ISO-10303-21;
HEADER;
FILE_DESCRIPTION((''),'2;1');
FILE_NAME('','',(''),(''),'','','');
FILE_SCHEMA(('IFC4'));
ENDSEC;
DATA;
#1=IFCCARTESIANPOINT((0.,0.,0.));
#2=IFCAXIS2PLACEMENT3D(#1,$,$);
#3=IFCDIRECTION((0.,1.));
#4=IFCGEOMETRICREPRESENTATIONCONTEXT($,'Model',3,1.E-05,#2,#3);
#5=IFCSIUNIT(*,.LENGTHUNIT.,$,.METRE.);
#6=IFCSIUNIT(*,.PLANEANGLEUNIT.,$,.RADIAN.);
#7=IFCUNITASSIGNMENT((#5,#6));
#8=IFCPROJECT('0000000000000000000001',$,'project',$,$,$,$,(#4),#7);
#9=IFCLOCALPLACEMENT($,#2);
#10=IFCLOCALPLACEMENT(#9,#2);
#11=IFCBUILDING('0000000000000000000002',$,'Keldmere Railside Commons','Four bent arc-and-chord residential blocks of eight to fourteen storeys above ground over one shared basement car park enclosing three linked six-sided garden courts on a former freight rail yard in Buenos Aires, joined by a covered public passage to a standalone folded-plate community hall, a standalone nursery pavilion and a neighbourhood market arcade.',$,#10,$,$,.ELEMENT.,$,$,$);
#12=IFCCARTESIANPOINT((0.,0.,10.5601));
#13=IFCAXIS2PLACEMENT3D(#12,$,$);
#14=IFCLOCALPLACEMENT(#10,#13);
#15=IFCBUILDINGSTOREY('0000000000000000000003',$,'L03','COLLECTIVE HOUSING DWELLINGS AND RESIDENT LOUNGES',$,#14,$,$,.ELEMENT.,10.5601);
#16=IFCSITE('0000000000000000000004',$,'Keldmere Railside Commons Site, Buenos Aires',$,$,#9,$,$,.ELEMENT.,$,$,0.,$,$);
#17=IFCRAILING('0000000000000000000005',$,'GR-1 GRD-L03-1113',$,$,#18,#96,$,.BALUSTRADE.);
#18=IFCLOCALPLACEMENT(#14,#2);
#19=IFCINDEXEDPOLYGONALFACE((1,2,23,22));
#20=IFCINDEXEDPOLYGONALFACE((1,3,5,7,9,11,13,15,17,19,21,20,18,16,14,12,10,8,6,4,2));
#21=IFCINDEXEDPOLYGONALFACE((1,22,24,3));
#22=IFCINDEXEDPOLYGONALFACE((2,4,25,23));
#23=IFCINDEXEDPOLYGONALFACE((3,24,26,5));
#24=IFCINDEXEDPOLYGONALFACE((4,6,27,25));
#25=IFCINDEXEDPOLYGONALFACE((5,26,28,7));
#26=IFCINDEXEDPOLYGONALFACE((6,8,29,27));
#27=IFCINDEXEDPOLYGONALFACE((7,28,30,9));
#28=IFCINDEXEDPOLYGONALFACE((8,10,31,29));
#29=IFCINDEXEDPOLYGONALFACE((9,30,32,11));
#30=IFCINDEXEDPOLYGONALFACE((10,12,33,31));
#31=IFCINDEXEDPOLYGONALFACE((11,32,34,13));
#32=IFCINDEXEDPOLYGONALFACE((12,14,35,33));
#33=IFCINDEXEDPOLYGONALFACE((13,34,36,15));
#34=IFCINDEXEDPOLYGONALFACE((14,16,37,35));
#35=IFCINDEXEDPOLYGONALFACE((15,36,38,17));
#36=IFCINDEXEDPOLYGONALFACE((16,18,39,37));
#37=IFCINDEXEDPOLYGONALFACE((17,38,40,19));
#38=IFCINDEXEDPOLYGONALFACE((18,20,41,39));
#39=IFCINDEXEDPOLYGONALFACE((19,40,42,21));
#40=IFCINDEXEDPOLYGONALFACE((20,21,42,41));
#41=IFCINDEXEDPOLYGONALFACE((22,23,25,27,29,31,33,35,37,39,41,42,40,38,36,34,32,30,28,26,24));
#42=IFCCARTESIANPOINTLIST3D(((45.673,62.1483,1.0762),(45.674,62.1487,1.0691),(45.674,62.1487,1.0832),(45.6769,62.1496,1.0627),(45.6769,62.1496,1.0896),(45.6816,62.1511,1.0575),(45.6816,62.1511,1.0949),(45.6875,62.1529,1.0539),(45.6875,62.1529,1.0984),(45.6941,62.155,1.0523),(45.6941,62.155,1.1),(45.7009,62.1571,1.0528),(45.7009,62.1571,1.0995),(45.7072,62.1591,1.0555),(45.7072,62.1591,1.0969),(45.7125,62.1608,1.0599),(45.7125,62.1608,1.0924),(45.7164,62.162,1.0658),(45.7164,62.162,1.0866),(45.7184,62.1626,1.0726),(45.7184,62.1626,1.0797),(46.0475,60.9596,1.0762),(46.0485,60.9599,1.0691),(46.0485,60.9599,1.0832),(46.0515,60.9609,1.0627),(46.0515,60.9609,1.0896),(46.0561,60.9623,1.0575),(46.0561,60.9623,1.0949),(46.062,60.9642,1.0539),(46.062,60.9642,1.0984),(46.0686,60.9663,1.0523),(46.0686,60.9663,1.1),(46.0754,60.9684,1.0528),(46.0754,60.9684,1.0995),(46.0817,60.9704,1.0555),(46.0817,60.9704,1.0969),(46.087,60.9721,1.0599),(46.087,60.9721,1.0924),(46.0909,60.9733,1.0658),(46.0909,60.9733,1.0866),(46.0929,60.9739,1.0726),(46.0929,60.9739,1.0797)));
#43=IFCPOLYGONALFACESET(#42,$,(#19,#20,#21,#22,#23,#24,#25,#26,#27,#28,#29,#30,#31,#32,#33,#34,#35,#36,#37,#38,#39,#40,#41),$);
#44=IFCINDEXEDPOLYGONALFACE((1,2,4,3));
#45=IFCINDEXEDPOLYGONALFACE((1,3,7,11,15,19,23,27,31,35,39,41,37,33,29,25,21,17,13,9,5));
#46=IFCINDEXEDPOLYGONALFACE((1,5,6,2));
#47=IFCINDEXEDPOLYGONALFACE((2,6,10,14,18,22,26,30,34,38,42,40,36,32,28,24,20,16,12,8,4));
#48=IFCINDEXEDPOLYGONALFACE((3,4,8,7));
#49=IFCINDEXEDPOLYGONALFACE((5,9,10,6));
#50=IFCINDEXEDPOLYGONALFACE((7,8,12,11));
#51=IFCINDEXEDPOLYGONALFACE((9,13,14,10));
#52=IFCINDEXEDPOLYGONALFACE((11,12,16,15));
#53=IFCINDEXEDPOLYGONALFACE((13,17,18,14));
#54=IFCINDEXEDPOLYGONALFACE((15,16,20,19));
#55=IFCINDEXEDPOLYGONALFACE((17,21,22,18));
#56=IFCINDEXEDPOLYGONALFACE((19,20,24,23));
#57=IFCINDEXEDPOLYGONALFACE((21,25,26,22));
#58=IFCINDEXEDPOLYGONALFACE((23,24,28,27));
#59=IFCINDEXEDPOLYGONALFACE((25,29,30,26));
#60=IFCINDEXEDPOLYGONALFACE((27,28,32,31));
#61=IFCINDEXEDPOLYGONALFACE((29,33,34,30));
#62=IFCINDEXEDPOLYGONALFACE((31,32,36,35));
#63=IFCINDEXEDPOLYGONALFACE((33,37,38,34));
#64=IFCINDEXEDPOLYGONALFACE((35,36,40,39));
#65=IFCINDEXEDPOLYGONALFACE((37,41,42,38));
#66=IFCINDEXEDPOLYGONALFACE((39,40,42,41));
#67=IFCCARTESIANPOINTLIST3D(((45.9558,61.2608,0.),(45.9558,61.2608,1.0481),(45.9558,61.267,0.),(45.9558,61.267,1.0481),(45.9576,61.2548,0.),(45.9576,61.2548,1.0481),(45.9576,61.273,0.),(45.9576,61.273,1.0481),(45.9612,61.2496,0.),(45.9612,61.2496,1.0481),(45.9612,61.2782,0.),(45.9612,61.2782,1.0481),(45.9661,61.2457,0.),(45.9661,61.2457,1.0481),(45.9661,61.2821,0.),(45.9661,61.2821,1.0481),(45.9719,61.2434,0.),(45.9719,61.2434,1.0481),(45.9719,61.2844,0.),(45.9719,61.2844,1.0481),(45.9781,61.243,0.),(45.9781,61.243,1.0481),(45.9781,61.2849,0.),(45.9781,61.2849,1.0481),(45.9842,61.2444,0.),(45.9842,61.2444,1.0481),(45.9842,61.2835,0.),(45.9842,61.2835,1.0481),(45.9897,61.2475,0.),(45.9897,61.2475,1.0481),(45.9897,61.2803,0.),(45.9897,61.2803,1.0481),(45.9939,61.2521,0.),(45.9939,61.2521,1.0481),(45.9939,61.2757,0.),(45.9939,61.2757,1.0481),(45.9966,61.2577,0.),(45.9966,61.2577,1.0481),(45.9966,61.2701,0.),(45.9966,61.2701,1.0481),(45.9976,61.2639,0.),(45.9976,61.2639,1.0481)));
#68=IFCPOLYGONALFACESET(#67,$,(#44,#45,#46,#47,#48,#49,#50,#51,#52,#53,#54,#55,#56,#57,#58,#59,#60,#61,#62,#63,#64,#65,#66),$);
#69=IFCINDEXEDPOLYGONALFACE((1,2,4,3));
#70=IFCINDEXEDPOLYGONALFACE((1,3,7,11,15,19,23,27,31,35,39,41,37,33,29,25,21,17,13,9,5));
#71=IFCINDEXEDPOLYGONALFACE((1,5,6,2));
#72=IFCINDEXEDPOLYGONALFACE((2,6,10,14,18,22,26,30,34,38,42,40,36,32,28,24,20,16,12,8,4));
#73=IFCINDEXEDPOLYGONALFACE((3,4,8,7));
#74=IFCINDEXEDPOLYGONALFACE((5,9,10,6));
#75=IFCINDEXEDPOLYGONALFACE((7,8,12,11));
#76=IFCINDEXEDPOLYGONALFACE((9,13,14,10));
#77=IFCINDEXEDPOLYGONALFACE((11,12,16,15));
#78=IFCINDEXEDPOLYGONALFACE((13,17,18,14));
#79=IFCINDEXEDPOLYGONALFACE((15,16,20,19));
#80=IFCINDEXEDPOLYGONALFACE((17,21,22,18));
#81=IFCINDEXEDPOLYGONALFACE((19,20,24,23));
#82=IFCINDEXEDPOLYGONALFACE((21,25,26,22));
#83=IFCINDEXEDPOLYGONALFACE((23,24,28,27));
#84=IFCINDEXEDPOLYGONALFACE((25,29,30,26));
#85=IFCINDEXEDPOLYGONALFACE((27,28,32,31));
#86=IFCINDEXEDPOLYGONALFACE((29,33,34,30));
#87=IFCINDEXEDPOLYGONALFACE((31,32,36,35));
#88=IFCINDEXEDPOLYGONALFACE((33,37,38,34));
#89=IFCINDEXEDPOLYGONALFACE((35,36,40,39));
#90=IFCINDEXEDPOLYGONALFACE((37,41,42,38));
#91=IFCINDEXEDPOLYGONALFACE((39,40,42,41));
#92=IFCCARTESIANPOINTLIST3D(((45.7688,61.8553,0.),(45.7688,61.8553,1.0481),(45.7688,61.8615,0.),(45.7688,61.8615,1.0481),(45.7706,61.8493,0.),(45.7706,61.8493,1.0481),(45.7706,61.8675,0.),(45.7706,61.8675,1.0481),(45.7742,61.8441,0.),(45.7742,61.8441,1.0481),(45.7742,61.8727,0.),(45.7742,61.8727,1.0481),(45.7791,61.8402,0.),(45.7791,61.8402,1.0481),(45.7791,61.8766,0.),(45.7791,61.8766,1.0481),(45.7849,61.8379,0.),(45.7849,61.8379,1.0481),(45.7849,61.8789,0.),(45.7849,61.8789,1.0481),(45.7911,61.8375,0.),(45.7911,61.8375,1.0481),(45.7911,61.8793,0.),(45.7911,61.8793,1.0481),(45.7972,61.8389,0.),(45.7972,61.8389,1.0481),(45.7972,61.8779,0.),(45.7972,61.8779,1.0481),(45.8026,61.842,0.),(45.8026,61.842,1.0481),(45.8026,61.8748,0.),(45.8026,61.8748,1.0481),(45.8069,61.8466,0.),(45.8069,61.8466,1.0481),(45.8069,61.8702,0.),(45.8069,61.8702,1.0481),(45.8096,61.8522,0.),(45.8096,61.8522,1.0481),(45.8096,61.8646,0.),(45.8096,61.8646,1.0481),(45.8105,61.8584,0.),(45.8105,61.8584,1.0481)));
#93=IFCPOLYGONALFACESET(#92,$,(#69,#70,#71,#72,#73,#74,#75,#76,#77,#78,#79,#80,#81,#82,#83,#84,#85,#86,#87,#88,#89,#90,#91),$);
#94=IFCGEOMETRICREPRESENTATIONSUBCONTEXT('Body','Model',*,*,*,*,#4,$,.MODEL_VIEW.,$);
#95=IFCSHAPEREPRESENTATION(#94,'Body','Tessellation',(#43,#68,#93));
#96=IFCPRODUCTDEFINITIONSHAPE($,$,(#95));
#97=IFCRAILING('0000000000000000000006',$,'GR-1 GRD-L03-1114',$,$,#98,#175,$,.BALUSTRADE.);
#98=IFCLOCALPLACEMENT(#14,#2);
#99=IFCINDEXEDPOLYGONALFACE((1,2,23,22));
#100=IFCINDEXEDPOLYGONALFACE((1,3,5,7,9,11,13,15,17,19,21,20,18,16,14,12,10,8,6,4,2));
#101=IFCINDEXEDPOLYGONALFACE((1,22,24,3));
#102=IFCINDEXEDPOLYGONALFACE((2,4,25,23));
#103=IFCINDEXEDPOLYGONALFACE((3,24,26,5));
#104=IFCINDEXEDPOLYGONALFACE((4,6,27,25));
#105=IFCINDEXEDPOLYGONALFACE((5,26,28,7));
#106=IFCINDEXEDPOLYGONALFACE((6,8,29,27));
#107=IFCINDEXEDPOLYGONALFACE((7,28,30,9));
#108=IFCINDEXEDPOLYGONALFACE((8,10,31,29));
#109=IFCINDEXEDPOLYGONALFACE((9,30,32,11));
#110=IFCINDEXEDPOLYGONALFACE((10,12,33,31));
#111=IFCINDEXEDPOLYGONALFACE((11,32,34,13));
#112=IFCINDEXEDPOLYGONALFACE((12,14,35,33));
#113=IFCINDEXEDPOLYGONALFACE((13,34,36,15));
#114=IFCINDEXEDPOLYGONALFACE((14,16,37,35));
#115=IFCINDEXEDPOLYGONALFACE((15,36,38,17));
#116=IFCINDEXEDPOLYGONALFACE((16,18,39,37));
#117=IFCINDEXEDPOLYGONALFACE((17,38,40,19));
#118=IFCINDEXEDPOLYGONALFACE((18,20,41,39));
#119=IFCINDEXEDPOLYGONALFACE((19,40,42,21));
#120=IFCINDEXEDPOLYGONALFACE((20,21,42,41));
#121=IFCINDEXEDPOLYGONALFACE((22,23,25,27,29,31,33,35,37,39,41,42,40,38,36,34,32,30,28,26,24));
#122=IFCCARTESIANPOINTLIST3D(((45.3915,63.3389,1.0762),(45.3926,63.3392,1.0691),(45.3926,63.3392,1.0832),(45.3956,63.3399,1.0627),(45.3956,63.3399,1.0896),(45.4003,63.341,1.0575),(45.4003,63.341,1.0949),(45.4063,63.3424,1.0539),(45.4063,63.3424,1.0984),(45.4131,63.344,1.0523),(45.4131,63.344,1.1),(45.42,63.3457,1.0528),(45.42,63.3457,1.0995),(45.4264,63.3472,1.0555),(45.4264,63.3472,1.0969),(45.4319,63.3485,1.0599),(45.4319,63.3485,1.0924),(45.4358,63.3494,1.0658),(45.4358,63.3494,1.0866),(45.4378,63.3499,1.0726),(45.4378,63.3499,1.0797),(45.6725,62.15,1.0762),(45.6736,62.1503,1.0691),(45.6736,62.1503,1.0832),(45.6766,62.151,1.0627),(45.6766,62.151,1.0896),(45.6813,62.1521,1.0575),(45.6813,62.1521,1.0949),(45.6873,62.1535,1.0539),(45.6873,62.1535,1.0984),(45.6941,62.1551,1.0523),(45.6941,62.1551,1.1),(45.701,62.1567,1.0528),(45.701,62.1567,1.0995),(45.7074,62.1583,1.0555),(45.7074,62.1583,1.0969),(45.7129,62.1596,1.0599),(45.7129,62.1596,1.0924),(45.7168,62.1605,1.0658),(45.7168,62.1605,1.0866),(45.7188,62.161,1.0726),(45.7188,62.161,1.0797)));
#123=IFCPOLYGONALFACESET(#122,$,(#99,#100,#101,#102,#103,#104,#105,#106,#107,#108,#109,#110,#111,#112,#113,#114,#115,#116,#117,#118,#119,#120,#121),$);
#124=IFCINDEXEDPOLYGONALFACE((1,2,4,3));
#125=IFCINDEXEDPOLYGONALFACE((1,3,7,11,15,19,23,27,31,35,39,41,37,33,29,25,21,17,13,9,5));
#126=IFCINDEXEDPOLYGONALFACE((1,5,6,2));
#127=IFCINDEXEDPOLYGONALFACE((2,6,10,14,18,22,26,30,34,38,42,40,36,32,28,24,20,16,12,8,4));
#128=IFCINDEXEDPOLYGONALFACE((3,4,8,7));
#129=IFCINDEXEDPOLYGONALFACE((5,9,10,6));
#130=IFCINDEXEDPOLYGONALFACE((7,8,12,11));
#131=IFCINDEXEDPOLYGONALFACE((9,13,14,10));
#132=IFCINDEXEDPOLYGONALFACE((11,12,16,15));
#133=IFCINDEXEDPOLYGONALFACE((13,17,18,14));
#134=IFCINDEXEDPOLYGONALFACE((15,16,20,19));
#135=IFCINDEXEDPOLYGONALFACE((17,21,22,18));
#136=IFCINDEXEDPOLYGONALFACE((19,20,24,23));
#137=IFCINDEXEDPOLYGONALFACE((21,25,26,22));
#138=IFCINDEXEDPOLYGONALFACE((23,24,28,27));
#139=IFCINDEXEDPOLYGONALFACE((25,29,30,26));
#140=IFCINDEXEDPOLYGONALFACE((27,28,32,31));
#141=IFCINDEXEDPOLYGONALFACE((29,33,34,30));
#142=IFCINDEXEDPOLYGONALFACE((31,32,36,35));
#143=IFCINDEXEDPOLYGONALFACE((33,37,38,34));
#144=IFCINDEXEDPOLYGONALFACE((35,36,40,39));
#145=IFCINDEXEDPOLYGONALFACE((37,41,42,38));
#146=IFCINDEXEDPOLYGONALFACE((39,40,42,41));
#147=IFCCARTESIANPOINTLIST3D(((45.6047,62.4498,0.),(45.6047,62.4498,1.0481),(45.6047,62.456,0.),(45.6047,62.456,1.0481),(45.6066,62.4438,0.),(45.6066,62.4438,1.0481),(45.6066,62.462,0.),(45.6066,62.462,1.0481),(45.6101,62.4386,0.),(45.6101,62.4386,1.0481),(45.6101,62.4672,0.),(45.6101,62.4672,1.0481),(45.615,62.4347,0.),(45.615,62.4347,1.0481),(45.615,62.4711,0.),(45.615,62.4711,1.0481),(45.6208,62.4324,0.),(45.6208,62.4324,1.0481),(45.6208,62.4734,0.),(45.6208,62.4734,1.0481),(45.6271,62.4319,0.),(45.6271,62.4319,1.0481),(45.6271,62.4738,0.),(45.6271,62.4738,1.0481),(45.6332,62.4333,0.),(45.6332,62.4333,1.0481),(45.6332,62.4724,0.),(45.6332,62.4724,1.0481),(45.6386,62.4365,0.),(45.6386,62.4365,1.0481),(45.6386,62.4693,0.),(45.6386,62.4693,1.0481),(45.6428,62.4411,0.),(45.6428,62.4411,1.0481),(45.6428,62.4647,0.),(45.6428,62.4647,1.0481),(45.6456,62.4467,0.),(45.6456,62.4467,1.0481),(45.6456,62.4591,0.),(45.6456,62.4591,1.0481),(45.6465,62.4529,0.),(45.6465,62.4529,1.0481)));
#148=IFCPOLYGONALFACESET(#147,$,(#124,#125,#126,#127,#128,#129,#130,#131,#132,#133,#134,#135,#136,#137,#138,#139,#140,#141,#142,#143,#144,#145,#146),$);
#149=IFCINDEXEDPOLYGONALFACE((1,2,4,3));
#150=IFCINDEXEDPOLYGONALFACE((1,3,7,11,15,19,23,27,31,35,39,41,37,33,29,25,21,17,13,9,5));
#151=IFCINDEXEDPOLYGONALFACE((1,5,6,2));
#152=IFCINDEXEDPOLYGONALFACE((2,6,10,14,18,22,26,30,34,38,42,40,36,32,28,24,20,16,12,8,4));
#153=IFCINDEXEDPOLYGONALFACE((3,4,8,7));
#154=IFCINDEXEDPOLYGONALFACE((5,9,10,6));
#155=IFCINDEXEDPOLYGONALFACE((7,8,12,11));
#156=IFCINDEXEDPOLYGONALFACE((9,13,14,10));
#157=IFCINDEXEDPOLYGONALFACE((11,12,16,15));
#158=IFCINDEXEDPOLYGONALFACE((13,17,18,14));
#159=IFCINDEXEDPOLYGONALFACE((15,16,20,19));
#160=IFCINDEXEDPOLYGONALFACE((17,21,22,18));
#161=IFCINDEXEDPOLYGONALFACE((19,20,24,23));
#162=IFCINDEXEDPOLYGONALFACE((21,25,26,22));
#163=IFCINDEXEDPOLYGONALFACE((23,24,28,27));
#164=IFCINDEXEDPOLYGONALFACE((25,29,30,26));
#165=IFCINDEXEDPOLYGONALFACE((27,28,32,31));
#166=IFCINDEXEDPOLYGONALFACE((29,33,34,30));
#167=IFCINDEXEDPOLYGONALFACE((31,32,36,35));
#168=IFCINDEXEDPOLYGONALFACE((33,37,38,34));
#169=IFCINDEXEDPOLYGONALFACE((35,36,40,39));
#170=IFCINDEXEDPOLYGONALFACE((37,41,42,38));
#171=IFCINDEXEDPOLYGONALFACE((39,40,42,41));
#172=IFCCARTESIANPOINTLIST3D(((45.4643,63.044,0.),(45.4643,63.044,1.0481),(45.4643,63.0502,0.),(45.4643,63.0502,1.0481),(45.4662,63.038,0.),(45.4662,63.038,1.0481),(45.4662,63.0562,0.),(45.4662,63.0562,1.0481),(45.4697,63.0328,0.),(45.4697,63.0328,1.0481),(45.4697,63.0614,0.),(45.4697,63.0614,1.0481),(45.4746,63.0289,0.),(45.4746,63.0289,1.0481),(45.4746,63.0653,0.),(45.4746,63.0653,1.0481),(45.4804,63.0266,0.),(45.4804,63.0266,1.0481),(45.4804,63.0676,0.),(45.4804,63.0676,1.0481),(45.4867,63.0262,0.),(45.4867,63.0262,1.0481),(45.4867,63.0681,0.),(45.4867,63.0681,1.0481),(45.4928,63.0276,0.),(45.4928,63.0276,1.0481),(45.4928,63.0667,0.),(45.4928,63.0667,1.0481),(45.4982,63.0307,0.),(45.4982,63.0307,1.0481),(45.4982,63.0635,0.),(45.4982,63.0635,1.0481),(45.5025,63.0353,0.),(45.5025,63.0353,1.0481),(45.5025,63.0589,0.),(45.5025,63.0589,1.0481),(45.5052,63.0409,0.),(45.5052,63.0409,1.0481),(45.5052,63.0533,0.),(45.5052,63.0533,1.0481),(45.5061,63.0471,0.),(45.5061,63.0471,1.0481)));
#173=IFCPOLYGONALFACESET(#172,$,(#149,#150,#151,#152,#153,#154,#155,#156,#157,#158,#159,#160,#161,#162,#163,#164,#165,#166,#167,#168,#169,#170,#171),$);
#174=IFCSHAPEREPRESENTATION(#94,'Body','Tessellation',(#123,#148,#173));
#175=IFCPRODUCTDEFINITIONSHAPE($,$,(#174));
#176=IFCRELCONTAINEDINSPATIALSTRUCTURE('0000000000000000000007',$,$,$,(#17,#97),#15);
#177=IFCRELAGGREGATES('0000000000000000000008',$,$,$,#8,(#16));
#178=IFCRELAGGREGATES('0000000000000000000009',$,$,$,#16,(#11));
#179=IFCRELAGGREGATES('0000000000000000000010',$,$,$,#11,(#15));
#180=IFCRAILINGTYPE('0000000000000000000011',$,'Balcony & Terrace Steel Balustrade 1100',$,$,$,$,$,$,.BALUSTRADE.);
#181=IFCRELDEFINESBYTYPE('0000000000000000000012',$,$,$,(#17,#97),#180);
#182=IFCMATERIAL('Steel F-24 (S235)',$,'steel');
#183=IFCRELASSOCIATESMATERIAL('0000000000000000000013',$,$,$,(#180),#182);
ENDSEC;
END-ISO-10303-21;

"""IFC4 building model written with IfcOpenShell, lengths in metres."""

from ifc_helpers import new_model, si_unit, direction, frame, origin, origin_2d, place, context, subcontext, project, spatial, circle, extrude, material, type_object, element, save


model = new_model("IFC4")

# Units and contexts
model_context = context("Model", 3, precision=1e-05, world=origin(), true_north=direction((0.0, 1.0)))
body_context = subcontext(model_context, "Body", "Model", "MODEL_VIEW")
ifc_project = project(units=[si_unit("LENGTHUNIT", "METRE"), si_unit("PLANEANGLEUNIT", "RADIAN")], contexts=[model_context])

# Site, building, storey
site_placement = place(None, origin())
site = spatial("IfcSite", under=ifc_project, at=site_placement, Name="Keldmere Railside Commons Site, Buenos Aires", CompositionType="ELEMENT", RefElevation=0.0)
building_placement = place(site_placement, origin())
building = spatial("IfcBuilding", under=site, at=building_placement, Name="Keldmere Railside Commons", Description="Four bent arc-and-chord residential blocks of eight to fourteen storeys above ground over one shared basement car park enclosing three linked six-sided garden courts on a former freight rail yard in Buenos Aires, joined by a covered public passage to a standalone folded-plate community hall, a standalone nursery pavilion and a neighbourhood market arcade.", CompositionType="ELEMENT")
storey_placement = place(building_placement, frame((0.0, 0.0, 10.5601)))
storey = spatial("IfcBuildingStorey", under=building, at=storey_placement, Name="L03", Description="COLLECTIVE HOUSING DWELLINGS AND RESIDENT LOUNGES", CompositionType="ELEMENT", Elevation=10.5601)

# Railings
ifc_material_1 = material(Name="Steel F-24 (S235)", Category="steel")
railing_type_1 = type_object("IfcRailingType", Name="Balcony & Terrace Steel Balustrade 1100", PredefinedType="BALUSTRADE", material=ifc_material_1)
railing_1_placement = place(storey_placement, frame((46.0703, 60.9668, 0.0)))
element("IfcRailing", 1, at=railing_1_placement, inside=storey, type_object=railing_type_1, Name="GR-1 GRD-L03-1113", PredefinedType="BALUSTRADE", context=body_context, shape_type="SweptSolid", body=[
    extrude(circle(Radius=0.0239, at=origin_2d()), frame((0.0, 0.0, 1.0762), z_axis=(-0.300494, 0.953784, 0.0), x_axis=(-0.953784, -0.300494, 0.0)), (0.0, 0.0, 1.0), 1.2463),
    extrude(circle(Radius=0.021, at=origin_2d()), frame((-0.0938, 0.2971, 0.0)), (0.0, 0.0, 1.0), 1.0481),
    extrude(circle(Radius=0.021, at=origin_2d()), frame((-0.2808, 0.8916, 0.0)), (0.0, 0.0, 1.0), 1.0481),
])
railing_2_placement = place(storey_placement, frame((45.6958, 62.1555, 0.0)))
element("IfcRailing", 2, at=railing_2_placement, inside=storey, type_object=railing_type_1, Name="GR-1 GRD-L03-1114", PredefinedType="BALUSTRADE", context=body_context, shape_type="SweptSolid", body=[
    extrude(circle(Radius=0.0239, at=origin_2d()), frame((0.0, 0.0, 1.0762), z_axis=(-0.230008, 0.973189, 0.0), x_axis=(-0.973189, -0.230008, 0.0)), (0.0, 0.0, 1.0), 1.2217),
    extrude(circle(Radius=0.021, at=origin_2d()), frame((-0.0703, 0.2974, 0.0)), (0.0, 0.0, 1.0), 1.0481),
    extrude(circle(Radius=0.021, at=origin_2d()), frame((-0.2107, 0.8916, 0.0)), (0.0, 0.0, 1.0), 1.0481),
])

save(model, "model.ifc")
